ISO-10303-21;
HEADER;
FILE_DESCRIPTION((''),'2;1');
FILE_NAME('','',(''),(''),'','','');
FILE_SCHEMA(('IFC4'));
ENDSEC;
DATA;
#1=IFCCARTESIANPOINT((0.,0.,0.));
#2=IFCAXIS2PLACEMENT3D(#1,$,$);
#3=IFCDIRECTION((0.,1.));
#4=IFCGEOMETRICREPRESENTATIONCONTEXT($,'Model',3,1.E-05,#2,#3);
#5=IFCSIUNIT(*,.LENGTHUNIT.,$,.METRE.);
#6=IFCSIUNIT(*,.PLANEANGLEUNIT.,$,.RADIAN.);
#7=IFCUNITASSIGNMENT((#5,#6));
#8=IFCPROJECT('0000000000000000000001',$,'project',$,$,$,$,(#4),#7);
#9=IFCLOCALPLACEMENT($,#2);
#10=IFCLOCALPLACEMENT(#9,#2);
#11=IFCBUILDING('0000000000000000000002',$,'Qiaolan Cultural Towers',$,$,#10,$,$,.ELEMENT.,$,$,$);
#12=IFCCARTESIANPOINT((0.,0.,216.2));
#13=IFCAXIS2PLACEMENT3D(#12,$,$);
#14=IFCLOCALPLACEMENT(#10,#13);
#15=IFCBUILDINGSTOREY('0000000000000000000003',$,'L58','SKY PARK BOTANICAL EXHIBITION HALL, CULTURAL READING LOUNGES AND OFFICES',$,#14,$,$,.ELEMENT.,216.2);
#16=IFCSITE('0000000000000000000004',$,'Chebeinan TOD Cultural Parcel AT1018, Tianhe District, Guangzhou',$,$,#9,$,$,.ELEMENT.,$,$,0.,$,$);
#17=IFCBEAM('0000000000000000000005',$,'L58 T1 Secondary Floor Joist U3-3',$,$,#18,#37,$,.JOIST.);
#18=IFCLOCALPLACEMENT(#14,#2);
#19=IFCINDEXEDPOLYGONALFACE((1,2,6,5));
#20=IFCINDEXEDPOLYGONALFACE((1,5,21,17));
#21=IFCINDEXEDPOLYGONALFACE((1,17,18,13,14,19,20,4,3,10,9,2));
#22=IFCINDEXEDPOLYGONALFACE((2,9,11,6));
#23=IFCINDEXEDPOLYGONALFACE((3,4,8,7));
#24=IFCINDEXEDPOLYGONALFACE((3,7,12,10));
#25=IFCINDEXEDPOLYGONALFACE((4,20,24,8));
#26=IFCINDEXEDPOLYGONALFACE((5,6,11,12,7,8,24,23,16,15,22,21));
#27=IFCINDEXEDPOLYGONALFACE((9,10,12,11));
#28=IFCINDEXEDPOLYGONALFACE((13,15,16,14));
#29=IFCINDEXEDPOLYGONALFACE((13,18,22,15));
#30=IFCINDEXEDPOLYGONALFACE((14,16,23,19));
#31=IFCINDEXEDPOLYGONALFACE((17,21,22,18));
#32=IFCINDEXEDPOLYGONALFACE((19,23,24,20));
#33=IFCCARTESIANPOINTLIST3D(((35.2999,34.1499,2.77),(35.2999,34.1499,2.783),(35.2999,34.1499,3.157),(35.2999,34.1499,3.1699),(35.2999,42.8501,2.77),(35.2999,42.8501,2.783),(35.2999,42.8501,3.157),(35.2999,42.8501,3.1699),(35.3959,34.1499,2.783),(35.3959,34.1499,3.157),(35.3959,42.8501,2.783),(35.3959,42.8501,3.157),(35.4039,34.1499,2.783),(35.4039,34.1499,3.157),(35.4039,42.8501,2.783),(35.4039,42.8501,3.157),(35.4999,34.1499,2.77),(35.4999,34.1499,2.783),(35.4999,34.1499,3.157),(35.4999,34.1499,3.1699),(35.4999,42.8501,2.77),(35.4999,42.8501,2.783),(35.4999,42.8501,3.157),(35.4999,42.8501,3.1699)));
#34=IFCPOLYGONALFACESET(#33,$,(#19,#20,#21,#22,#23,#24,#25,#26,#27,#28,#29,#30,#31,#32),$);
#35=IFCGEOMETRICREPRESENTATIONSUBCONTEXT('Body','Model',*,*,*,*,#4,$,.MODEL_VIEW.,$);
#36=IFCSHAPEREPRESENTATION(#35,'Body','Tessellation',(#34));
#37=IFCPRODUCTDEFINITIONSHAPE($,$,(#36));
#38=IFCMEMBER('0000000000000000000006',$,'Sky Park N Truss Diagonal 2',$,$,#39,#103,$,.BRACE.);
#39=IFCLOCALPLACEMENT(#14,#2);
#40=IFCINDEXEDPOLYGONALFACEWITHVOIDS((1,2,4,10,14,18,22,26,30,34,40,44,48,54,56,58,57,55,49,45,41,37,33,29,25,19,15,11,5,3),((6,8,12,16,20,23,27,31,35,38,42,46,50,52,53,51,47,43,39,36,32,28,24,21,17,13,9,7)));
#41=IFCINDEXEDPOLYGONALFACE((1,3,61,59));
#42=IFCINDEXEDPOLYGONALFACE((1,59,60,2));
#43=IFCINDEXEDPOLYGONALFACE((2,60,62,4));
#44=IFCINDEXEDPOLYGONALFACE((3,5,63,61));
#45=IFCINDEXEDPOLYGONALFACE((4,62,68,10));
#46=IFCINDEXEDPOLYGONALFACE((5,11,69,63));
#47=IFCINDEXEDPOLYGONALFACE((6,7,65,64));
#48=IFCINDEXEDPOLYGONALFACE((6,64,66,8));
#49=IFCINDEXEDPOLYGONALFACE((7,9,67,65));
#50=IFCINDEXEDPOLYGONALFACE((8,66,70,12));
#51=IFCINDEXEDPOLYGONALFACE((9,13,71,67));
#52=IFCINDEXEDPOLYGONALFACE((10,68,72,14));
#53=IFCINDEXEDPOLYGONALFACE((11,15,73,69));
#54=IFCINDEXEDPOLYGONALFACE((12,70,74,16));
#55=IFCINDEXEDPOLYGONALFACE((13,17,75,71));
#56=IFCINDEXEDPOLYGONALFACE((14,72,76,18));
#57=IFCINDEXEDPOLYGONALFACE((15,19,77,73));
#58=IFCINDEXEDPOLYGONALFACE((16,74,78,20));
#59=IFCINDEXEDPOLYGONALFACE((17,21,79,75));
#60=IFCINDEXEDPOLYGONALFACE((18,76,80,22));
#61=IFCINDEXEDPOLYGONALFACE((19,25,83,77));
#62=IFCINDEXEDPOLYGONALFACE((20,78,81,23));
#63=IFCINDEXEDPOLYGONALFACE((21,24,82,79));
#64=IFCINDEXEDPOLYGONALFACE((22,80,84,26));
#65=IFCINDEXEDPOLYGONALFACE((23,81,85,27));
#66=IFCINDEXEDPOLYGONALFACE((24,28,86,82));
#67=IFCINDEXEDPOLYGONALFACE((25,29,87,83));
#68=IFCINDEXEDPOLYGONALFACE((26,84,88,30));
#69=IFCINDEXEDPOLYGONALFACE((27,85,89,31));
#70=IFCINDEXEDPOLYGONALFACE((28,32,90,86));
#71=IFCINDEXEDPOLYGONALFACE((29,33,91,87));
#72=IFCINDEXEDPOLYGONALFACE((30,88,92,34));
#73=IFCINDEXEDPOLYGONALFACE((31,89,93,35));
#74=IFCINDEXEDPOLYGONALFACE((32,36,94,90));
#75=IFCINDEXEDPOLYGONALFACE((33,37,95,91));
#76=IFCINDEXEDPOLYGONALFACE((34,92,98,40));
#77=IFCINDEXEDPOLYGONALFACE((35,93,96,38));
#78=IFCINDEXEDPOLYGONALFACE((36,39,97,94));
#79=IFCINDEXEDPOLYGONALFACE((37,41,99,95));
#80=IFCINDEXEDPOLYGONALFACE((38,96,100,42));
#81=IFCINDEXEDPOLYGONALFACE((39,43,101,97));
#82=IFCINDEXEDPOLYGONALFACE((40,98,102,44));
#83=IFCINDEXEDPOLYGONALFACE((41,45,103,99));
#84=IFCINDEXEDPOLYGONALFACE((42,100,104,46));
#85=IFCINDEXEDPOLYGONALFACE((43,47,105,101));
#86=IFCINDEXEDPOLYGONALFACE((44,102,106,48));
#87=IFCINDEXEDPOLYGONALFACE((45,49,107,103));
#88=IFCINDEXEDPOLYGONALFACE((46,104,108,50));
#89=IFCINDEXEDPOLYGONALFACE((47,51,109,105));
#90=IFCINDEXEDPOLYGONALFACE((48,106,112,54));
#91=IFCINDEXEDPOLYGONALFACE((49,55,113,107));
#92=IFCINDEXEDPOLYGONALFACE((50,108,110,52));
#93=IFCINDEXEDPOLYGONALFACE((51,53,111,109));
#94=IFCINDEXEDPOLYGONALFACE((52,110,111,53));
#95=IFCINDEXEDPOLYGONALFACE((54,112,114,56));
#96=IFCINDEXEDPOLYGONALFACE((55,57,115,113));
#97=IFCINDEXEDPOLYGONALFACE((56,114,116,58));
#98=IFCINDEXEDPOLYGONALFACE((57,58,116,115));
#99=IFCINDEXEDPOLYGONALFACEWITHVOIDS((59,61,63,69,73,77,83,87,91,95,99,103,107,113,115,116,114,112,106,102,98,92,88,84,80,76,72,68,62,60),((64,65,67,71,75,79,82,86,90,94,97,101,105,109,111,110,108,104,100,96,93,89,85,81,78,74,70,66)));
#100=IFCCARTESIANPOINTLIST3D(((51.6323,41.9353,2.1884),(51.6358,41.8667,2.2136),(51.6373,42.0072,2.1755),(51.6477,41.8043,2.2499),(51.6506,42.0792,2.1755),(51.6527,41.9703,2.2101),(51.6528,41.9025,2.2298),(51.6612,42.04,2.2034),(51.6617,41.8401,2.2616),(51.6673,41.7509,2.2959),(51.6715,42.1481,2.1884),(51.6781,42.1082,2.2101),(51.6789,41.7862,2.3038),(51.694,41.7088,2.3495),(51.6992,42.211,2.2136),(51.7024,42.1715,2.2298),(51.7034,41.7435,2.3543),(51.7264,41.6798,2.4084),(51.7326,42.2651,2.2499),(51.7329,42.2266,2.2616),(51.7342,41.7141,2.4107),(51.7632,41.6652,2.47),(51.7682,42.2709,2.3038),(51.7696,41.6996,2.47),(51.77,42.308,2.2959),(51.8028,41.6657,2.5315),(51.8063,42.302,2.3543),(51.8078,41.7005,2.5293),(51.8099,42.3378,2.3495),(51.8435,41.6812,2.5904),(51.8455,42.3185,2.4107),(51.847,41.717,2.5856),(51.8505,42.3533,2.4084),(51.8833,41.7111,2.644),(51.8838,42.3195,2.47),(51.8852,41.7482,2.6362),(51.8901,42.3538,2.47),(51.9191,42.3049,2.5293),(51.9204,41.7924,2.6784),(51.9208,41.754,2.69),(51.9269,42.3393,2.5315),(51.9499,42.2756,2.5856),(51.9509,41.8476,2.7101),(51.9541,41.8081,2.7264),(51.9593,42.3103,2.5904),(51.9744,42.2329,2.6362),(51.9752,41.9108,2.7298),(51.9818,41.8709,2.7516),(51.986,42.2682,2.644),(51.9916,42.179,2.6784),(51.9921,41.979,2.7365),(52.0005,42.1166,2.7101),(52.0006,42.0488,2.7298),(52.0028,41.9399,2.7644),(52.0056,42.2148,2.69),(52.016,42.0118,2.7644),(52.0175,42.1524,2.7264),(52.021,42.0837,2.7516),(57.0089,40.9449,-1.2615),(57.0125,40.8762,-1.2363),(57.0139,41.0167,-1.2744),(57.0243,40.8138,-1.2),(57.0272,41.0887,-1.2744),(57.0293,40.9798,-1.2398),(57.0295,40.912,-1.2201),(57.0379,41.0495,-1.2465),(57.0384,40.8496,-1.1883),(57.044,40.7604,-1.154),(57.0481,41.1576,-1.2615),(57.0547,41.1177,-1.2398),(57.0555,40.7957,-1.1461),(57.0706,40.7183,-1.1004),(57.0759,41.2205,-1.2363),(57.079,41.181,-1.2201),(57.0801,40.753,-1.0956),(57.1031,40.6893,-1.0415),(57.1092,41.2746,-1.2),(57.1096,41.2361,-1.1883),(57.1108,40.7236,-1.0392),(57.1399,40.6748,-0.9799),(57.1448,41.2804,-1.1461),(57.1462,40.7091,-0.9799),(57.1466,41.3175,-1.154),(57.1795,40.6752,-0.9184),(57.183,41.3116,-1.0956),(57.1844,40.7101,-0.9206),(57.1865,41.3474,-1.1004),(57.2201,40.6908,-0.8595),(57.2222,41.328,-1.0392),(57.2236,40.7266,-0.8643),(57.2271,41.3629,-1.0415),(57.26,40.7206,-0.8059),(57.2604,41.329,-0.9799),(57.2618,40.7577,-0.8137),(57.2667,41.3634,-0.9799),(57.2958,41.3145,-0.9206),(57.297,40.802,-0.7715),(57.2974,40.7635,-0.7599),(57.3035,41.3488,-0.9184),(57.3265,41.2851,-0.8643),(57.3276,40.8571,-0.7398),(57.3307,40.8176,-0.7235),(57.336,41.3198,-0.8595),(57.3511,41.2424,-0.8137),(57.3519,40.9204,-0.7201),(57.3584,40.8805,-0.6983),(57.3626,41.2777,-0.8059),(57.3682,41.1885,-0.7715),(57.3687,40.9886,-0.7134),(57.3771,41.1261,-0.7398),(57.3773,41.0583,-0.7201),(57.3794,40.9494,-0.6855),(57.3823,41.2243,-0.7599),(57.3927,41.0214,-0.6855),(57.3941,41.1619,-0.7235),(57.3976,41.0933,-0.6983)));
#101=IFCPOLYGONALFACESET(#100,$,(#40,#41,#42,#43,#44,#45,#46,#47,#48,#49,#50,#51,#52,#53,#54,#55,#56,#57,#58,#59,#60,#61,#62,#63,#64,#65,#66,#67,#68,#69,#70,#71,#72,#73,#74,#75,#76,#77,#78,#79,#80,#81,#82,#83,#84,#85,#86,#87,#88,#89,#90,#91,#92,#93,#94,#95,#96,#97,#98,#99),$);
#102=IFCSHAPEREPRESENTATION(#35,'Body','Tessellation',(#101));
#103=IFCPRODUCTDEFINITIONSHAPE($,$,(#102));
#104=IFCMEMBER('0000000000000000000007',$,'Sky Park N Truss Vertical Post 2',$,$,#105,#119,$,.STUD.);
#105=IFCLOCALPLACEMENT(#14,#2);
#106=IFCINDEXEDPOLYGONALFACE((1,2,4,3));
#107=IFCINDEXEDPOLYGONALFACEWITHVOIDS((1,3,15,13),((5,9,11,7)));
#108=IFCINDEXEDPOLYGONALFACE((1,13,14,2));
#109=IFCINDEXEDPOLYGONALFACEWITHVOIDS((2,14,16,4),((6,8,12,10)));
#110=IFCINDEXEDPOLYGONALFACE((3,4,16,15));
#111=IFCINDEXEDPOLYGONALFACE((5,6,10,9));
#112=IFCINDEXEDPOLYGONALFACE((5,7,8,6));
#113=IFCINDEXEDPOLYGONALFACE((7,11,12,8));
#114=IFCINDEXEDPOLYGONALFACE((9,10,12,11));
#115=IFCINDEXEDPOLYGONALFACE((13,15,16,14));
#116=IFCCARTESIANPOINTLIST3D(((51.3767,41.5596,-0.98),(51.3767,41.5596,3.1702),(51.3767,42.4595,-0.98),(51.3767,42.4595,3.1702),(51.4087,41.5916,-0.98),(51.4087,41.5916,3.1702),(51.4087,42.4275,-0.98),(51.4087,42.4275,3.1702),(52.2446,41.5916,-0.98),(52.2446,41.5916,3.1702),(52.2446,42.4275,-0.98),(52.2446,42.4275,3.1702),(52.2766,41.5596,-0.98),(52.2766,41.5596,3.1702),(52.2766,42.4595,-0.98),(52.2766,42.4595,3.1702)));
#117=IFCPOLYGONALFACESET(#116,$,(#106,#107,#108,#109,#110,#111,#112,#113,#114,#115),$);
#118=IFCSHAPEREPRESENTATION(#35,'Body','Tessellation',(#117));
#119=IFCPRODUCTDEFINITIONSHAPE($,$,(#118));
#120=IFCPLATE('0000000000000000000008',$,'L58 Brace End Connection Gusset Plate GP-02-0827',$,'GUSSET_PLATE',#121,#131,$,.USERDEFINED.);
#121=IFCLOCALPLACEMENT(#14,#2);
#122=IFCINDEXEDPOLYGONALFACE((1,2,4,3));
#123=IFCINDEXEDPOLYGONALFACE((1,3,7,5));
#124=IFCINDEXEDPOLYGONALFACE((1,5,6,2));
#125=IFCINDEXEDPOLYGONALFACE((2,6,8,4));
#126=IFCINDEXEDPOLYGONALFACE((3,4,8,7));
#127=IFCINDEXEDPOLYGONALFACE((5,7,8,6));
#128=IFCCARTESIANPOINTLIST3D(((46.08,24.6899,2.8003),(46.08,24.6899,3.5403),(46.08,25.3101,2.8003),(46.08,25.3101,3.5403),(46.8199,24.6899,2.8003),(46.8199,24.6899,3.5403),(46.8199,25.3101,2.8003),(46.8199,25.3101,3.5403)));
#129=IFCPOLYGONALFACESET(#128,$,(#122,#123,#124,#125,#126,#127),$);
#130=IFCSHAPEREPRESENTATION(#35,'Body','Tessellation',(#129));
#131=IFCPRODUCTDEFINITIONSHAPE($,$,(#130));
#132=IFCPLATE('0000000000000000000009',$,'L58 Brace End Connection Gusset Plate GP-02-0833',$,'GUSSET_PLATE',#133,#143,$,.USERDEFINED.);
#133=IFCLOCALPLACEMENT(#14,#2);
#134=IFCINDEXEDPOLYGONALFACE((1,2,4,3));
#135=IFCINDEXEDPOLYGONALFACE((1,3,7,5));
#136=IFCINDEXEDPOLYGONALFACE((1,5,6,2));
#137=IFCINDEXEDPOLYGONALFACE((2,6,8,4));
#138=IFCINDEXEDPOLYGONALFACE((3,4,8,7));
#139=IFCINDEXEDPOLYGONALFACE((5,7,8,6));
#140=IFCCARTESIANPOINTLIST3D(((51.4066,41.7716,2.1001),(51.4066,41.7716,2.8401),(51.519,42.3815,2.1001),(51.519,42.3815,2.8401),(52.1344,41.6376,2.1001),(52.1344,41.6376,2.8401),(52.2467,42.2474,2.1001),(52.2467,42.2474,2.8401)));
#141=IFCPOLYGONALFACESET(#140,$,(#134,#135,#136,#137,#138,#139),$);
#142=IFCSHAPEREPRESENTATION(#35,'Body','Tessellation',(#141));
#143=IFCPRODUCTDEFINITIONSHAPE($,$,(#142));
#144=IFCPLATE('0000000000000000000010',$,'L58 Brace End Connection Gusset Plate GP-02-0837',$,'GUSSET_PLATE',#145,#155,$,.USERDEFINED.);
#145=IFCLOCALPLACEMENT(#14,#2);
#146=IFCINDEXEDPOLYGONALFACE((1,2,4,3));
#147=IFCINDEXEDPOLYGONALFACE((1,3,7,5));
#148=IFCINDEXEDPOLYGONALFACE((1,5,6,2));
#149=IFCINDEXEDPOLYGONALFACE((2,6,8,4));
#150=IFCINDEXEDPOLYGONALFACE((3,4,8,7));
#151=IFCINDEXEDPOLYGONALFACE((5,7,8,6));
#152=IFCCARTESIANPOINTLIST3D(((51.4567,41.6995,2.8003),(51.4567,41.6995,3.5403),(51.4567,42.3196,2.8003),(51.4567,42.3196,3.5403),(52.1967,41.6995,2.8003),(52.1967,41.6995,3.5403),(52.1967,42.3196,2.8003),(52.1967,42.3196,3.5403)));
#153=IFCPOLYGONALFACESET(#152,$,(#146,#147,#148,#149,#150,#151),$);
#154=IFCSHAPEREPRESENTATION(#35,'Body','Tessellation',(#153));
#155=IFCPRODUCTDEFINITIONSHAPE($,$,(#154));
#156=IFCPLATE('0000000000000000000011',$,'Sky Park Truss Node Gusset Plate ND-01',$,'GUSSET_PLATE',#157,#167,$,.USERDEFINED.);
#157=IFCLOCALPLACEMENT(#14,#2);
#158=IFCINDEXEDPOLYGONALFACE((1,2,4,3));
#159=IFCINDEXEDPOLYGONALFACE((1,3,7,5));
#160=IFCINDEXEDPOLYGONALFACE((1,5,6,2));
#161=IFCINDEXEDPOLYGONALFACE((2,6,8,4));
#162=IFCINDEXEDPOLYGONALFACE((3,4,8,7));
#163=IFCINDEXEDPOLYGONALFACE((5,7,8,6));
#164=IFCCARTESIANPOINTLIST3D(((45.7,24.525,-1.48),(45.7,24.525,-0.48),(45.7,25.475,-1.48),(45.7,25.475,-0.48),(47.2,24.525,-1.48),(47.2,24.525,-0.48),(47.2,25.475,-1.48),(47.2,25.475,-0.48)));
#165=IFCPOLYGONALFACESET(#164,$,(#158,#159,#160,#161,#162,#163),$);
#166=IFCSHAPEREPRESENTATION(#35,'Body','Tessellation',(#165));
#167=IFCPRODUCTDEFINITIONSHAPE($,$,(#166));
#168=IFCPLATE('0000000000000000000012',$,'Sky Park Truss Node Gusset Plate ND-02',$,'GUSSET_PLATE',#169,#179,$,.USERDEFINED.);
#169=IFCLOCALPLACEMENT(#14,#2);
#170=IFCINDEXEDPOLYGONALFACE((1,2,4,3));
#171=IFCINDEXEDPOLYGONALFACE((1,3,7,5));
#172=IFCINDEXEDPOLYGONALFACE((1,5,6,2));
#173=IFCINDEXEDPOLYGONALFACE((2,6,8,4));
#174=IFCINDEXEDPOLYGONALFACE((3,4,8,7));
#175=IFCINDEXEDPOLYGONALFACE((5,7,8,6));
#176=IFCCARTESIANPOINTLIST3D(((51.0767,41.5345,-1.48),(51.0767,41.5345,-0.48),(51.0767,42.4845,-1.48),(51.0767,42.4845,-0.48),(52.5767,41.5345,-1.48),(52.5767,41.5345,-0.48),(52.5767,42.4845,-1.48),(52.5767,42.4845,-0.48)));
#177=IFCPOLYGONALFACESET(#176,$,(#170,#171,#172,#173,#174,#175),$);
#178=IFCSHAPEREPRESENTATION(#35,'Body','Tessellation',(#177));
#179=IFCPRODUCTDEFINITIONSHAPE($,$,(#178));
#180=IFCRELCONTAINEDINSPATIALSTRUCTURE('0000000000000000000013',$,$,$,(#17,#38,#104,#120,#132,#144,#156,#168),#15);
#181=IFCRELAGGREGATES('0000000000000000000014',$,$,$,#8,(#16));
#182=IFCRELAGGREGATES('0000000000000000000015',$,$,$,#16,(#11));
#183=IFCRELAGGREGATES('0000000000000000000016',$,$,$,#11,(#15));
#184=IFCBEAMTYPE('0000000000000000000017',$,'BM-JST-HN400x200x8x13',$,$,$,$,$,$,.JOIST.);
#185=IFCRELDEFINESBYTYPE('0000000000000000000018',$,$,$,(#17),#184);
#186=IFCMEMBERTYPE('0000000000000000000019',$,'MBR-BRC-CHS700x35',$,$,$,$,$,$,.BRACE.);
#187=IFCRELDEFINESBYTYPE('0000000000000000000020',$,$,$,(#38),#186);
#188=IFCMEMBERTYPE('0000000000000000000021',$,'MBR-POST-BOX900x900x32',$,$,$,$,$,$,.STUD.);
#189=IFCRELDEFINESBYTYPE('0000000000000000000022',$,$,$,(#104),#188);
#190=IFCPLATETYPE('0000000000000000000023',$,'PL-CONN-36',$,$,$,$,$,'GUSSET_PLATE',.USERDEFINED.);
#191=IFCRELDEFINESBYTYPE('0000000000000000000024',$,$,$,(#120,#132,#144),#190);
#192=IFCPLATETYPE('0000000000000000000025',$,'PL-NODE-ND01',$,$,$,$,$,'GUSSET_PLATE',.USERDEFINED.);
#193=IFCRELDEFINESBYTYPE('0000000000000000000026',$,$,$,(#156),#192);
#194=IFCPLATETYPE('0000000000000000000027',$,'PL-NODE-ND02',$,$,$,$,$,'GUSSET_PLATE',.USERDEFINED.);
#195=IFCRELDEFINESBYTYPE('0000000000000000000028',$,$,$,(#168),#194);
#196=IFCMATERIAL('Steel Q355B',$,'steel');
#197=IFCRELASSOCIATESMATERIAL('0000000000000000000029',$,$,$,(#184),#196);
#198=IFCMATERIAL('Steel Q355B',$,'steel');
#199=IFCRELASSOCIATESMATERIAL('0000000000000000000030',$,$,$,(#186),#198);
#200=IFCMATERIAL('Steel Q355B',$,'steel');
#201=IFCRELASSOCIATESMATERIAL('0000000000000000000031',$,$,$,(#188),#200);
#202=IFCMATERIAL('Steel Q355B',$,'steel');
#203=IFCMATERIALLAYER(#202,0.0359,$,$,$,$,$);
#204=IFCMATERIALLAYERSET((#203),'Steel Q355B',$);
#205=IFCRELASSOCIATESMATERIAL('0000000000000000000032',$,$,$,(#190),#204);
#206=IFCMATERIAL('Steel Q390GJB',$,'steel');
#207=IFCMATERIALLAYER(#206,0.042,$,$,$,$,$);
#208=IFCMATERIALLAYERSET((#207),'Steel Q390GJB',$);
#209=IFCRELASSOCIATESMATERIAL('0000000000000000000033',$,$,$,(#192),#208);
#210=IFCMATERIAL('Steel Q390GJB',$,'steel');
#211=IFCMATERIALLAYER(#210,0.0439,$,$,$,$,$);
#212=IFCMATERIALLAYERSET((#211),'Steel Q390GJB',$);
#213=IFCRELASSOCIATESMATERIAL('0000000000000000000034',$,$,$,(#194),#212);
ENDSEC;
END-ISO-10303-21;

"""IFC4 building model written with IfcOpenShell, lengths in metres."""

from ifc_helpers import new_model, si_unit, direction, frame, origin, origin_2d, place, context, subcontext, project, spatial, rectangle, hollow_rectangle, hollow_circle, i_section, extrude, material, layer, layer_set, material_profile, profile_set, type_object, element, save


model = new_model("IFC4")

# Units and contexts
model_context = context("Model", 3, precision=1e-05, world=origin(), true_north=direction((0.0, 1.0)))
body_context = subcontext(model_context, "Body", "Model", "MODEL_VIEW")
ifc_project = project(units=[si_unit("LENGTHUNIT", "METRE"), si_unit("PLANEANGLEUNIT", "RADIAN")], contexts=[model_context])

# Site, building, storey
site_placement = place(None, origin())
site = spatial("IfcSite", under=ifc_project, at=site_placement, Name="Chebeinan TOD Cultural Parcel AT1018, Tianhe District, Guangzhou", CompositionType="ELEMENT", RefElevation=0.0)
building_placement = place(site_placement, origin())
building = spatial("IfcBuilding", under=site, at=building_placement, Name="Qiaolan Cultural Towers", CompositionType="ELEMENT")
storey_placement = place(building_placement, frame((0.0, 0.0, 216.2)))
storey = spatial("IfcBuildingStorey", under=building, at=storey_placement, Name="L58", Description="SKY PARK BOTANICAL EXHIBITION HALL, CULTURAL READING LOUNGES AND OFFICES", CompositionType="ELEMENT", Elevation=216.2)

# Beam
ifc_material_1 = material(Name="Steel Q355B", Category="steel")
ifc_material_profile_1 = material_profile(ifc_material_1, i_section(OverallWidth=0.2, OverallDepth=0.3999, WebThickness=0.0081, FlangeThickness=0.0129, at=origin_2d()), Name="HN400x200x8x13")
ifc_profile_set_1 = profile_set([ifc_material_profile_1], Name="Steel Q355B")
beam_type_1 = type_object("IfcBeamType", Name="BM-JST-HN400x200x8x13", PredefinedType="JOIST", material=ifc_profile_set_1)
for number, where, z_axis, x_axis, name in (
    (1, (35.3999, 34.1499, 2.97), (0.0, 1.0, 0.0), (-1.0, 0.0, 0.0), "L58 T1 Secondary Floor Joist U3-3"),
):
    element("IfcBeam", number, at=place(storey_placement, frame(where, z_axis=z_axis, x_axis=x_axis)), inside=storey, type_object=beam_type_1, Name=name, PredefinedType="JOIST", context=body_context, shape_type="SweptSolid", body=[
        extrude(i_section(OverallWidth=0.2, OverallDepth=0.3999, WebThickness=0.0081, FlangeThickness=0.0129, at=origin_2d()), origin(), (0.0, 0.0, 1.0), 8.7002),
    ])

# Members
ifc_material_2 = material(Name="Steel Q355B", Category="steel")
ifc_material_profile_2 = material_profile(ifc_material_2, hollow_circle(Radius=0.3501, WallThickness=0.0349, at=origin_2d()), Name="CHS700x35")
ifc_profile_set_2 = profile_set([ifc_material_profile_2], Name="Steel Q355B")
member_type_1 = type_object("IfcMemberType", Name="MBR-BRC-CHS700x35", PredefinedType="BRACE", material=ifc_profile_set_2)
member_1_placement = place(storey_placement, frame((51.8267, 42.0095, 2.47), z_axis=(0.831704, -0.153214, -0.533661), x_axis=(0.181168, 0.983452, 0.0)))
element("IfcMember", 2, at=member_1_placement, inside=storey, type_object=member_type_1, Name="Sky Park N Truss Diagonal 2", PredefinedType="BRACE", context=body_context, shape_type="SweptSolid", body=[
    extrude(hollow_circle(Radius=0.3501, WallThickness=0.0349, at=origin_2d()), origin(), (0.0, 0.0, 1.0), 6.4646),
])
ifc_material_3 = material(Name="Steel Q355B", Category="steel")
ifc_material_profile_3 = material_profile(ifc_material_3, hollow_rectangle(XDim=0.8999, YDim=0.8999, WallThickness=0.032, at=origin_2d()), Name="BOX900x900x32")
ifc_profile_set_3 = profile_set([ifc_material_profile_3], Name="Steel Q355B")
member_type_2 = type_object("IfcMemberType", Name="MBR-POST-BOX900x900x32", PredefinedType="STUD", material=ifc_profile_set_3)
member_2_placement = place(storey_placement, frame((51.8267, 42.0095, -0.98), z_axis=(0.0, 0.0, 1.0), x_axis=(1.0, 0.0, 0.0)))
element("IfcMember", 3, at=member_2_placement, inside=storey, type_object=member_type_2, Name="Sky Park N Truss Vertical Post 2", PredefinedType="STUD", context=body_context, shape_type="SweptSolid", body=[
    extrude(hollow_rectangle(XDim=0.8999, YDim=0.8999, WallThickness=0.032, at=origin_2d()), origin(), (0.0, 0.0, 1.0), 4.1501),
])

# Plates
ifc_material_4 = material(Name="Steel Q355B", Category="steel")
ifc_layer_1 = layer(ifc_material_4, 0.0359)
ifc_layer_set_1 = layer_set([ifc_layer_1], Name="Steel Q355B")
plate_type_1 = type_object("IfcPlateType", Name="PL-CONN-36", ElementType="GUSSET_PLATE", PredefinedType="USERDEFINED", material=ifc_layer_set_1)
for number, where, z_axis, x_axis, name in (
    (4, (46.45, 25.0, 2.8003), (0.0, 0.0, 1.0), (1.0, 0.0, 0.0), "L58 Brace End Connection Gusset Plate GP-02-0827"),
    (5, (51.8267, 42.0095, 2.1001), (0.0, 0.0, 1.0), (-0.983454, 0.18116, 0.0), "L58 Brace End Connection Gusset Plate GP-02-0833"),
    (6, (51.8267, 42.0095, 2.8003), (0.0, 0.0, 1.0), (1.0, 0.0, 0.0), "L58 Brace End Connection Gusset Plate GP-02-0837"),
):
    element("IfcPlate", number, at=place(storey_placement, frame(where, z_axis=z_axis, x_axis=x_axis)), inside=storey, type_object=plate_type_1, Name=name, ObjectType="GUSSET_PLATE", PredefinedType="USERDEFINED", context=body_context, shape_type="SweptSolid", body=[
        extrude(rectangle(XDim=0.74, YDim=0.6201, at=origin_2d()), origin(), (0.0, 0.0, 1.0), 0.74),
    ])
ifc_material_5 = material(Name="Steel Q390GJB", Category="steel")
ifc_layer_2 = layer(ifc_material_5, 0.042)
ifc_layer_set_2 = layer_set([ifc_layer_2], Name="Steel Q390GJB")
plate_type_2 = type_object("IfcPlateType", Name="PL-NODE-ND01", ElementType="GUSSET_PLATE", PredefinedType="USERDEFINED", material=ifc_layer_set_2)
plate_1_placement = place(storey_placement, frame((46.45, 25.0, -1.48), z_axis=(0.0, 0.0, 1.0), x_axis=(1.0, 0.0, 0.0)))
element("IfcPlate", 7, at=plate_1_placement, inside=storey, type_object=plate_type_2, Name="Sky Park Truss Node Gusset Plate ND-01", ObjectType="GUSSET_PLATE", PredefinedType="USERDEFINED", context=body_context, shape_type="SweptSolid", body=[
    extrude(rectangle(XDim=1.5, YDim=0.95, at=origin_2d()), origin(), (0.0, 0.0, 1.0), 1.0),
])
ifc_material_6 = material(Name="Steel Q390GJB", Category="steel")
ifc_layer_3 = layer(ifc_material_6, 0.0439)
ifc_layer_set_3 = layer_set([ifc_layer_3], Name="Steel Q390GJB")
plate_type_3 = type_object("IfcPlateType", Name="PL-NODE-ND02", ElementType="GUSSET_PLATE", PredefinedType="USERDEFINED", material=ifc_layer_set_3)
plate_2_placement = place(storey_placement, frame((51.8267, 42.0095, -1.48), z_axis=(0.0, 0.0, 1.0), x_axis=(1.0, 0.0, 0.0)))
element("IfcPlate", 8, at=plate_2_placement, inside=storey, type_object=plate_type_3, Name="Sky Park Truss Node Gusset Plate ND-02", ObjectType="GUSSET_PLATE", PredefinedType="USERDEFINED", context=body_context, shape_type="SweptSolid", body=[
    extrude(rectangle(XDim=1.5, YDim=0.95, at=origin_2d()), origin(), (0.0, 0.0, 1.0), 1.0),
])

save(model, "model.ifc")
